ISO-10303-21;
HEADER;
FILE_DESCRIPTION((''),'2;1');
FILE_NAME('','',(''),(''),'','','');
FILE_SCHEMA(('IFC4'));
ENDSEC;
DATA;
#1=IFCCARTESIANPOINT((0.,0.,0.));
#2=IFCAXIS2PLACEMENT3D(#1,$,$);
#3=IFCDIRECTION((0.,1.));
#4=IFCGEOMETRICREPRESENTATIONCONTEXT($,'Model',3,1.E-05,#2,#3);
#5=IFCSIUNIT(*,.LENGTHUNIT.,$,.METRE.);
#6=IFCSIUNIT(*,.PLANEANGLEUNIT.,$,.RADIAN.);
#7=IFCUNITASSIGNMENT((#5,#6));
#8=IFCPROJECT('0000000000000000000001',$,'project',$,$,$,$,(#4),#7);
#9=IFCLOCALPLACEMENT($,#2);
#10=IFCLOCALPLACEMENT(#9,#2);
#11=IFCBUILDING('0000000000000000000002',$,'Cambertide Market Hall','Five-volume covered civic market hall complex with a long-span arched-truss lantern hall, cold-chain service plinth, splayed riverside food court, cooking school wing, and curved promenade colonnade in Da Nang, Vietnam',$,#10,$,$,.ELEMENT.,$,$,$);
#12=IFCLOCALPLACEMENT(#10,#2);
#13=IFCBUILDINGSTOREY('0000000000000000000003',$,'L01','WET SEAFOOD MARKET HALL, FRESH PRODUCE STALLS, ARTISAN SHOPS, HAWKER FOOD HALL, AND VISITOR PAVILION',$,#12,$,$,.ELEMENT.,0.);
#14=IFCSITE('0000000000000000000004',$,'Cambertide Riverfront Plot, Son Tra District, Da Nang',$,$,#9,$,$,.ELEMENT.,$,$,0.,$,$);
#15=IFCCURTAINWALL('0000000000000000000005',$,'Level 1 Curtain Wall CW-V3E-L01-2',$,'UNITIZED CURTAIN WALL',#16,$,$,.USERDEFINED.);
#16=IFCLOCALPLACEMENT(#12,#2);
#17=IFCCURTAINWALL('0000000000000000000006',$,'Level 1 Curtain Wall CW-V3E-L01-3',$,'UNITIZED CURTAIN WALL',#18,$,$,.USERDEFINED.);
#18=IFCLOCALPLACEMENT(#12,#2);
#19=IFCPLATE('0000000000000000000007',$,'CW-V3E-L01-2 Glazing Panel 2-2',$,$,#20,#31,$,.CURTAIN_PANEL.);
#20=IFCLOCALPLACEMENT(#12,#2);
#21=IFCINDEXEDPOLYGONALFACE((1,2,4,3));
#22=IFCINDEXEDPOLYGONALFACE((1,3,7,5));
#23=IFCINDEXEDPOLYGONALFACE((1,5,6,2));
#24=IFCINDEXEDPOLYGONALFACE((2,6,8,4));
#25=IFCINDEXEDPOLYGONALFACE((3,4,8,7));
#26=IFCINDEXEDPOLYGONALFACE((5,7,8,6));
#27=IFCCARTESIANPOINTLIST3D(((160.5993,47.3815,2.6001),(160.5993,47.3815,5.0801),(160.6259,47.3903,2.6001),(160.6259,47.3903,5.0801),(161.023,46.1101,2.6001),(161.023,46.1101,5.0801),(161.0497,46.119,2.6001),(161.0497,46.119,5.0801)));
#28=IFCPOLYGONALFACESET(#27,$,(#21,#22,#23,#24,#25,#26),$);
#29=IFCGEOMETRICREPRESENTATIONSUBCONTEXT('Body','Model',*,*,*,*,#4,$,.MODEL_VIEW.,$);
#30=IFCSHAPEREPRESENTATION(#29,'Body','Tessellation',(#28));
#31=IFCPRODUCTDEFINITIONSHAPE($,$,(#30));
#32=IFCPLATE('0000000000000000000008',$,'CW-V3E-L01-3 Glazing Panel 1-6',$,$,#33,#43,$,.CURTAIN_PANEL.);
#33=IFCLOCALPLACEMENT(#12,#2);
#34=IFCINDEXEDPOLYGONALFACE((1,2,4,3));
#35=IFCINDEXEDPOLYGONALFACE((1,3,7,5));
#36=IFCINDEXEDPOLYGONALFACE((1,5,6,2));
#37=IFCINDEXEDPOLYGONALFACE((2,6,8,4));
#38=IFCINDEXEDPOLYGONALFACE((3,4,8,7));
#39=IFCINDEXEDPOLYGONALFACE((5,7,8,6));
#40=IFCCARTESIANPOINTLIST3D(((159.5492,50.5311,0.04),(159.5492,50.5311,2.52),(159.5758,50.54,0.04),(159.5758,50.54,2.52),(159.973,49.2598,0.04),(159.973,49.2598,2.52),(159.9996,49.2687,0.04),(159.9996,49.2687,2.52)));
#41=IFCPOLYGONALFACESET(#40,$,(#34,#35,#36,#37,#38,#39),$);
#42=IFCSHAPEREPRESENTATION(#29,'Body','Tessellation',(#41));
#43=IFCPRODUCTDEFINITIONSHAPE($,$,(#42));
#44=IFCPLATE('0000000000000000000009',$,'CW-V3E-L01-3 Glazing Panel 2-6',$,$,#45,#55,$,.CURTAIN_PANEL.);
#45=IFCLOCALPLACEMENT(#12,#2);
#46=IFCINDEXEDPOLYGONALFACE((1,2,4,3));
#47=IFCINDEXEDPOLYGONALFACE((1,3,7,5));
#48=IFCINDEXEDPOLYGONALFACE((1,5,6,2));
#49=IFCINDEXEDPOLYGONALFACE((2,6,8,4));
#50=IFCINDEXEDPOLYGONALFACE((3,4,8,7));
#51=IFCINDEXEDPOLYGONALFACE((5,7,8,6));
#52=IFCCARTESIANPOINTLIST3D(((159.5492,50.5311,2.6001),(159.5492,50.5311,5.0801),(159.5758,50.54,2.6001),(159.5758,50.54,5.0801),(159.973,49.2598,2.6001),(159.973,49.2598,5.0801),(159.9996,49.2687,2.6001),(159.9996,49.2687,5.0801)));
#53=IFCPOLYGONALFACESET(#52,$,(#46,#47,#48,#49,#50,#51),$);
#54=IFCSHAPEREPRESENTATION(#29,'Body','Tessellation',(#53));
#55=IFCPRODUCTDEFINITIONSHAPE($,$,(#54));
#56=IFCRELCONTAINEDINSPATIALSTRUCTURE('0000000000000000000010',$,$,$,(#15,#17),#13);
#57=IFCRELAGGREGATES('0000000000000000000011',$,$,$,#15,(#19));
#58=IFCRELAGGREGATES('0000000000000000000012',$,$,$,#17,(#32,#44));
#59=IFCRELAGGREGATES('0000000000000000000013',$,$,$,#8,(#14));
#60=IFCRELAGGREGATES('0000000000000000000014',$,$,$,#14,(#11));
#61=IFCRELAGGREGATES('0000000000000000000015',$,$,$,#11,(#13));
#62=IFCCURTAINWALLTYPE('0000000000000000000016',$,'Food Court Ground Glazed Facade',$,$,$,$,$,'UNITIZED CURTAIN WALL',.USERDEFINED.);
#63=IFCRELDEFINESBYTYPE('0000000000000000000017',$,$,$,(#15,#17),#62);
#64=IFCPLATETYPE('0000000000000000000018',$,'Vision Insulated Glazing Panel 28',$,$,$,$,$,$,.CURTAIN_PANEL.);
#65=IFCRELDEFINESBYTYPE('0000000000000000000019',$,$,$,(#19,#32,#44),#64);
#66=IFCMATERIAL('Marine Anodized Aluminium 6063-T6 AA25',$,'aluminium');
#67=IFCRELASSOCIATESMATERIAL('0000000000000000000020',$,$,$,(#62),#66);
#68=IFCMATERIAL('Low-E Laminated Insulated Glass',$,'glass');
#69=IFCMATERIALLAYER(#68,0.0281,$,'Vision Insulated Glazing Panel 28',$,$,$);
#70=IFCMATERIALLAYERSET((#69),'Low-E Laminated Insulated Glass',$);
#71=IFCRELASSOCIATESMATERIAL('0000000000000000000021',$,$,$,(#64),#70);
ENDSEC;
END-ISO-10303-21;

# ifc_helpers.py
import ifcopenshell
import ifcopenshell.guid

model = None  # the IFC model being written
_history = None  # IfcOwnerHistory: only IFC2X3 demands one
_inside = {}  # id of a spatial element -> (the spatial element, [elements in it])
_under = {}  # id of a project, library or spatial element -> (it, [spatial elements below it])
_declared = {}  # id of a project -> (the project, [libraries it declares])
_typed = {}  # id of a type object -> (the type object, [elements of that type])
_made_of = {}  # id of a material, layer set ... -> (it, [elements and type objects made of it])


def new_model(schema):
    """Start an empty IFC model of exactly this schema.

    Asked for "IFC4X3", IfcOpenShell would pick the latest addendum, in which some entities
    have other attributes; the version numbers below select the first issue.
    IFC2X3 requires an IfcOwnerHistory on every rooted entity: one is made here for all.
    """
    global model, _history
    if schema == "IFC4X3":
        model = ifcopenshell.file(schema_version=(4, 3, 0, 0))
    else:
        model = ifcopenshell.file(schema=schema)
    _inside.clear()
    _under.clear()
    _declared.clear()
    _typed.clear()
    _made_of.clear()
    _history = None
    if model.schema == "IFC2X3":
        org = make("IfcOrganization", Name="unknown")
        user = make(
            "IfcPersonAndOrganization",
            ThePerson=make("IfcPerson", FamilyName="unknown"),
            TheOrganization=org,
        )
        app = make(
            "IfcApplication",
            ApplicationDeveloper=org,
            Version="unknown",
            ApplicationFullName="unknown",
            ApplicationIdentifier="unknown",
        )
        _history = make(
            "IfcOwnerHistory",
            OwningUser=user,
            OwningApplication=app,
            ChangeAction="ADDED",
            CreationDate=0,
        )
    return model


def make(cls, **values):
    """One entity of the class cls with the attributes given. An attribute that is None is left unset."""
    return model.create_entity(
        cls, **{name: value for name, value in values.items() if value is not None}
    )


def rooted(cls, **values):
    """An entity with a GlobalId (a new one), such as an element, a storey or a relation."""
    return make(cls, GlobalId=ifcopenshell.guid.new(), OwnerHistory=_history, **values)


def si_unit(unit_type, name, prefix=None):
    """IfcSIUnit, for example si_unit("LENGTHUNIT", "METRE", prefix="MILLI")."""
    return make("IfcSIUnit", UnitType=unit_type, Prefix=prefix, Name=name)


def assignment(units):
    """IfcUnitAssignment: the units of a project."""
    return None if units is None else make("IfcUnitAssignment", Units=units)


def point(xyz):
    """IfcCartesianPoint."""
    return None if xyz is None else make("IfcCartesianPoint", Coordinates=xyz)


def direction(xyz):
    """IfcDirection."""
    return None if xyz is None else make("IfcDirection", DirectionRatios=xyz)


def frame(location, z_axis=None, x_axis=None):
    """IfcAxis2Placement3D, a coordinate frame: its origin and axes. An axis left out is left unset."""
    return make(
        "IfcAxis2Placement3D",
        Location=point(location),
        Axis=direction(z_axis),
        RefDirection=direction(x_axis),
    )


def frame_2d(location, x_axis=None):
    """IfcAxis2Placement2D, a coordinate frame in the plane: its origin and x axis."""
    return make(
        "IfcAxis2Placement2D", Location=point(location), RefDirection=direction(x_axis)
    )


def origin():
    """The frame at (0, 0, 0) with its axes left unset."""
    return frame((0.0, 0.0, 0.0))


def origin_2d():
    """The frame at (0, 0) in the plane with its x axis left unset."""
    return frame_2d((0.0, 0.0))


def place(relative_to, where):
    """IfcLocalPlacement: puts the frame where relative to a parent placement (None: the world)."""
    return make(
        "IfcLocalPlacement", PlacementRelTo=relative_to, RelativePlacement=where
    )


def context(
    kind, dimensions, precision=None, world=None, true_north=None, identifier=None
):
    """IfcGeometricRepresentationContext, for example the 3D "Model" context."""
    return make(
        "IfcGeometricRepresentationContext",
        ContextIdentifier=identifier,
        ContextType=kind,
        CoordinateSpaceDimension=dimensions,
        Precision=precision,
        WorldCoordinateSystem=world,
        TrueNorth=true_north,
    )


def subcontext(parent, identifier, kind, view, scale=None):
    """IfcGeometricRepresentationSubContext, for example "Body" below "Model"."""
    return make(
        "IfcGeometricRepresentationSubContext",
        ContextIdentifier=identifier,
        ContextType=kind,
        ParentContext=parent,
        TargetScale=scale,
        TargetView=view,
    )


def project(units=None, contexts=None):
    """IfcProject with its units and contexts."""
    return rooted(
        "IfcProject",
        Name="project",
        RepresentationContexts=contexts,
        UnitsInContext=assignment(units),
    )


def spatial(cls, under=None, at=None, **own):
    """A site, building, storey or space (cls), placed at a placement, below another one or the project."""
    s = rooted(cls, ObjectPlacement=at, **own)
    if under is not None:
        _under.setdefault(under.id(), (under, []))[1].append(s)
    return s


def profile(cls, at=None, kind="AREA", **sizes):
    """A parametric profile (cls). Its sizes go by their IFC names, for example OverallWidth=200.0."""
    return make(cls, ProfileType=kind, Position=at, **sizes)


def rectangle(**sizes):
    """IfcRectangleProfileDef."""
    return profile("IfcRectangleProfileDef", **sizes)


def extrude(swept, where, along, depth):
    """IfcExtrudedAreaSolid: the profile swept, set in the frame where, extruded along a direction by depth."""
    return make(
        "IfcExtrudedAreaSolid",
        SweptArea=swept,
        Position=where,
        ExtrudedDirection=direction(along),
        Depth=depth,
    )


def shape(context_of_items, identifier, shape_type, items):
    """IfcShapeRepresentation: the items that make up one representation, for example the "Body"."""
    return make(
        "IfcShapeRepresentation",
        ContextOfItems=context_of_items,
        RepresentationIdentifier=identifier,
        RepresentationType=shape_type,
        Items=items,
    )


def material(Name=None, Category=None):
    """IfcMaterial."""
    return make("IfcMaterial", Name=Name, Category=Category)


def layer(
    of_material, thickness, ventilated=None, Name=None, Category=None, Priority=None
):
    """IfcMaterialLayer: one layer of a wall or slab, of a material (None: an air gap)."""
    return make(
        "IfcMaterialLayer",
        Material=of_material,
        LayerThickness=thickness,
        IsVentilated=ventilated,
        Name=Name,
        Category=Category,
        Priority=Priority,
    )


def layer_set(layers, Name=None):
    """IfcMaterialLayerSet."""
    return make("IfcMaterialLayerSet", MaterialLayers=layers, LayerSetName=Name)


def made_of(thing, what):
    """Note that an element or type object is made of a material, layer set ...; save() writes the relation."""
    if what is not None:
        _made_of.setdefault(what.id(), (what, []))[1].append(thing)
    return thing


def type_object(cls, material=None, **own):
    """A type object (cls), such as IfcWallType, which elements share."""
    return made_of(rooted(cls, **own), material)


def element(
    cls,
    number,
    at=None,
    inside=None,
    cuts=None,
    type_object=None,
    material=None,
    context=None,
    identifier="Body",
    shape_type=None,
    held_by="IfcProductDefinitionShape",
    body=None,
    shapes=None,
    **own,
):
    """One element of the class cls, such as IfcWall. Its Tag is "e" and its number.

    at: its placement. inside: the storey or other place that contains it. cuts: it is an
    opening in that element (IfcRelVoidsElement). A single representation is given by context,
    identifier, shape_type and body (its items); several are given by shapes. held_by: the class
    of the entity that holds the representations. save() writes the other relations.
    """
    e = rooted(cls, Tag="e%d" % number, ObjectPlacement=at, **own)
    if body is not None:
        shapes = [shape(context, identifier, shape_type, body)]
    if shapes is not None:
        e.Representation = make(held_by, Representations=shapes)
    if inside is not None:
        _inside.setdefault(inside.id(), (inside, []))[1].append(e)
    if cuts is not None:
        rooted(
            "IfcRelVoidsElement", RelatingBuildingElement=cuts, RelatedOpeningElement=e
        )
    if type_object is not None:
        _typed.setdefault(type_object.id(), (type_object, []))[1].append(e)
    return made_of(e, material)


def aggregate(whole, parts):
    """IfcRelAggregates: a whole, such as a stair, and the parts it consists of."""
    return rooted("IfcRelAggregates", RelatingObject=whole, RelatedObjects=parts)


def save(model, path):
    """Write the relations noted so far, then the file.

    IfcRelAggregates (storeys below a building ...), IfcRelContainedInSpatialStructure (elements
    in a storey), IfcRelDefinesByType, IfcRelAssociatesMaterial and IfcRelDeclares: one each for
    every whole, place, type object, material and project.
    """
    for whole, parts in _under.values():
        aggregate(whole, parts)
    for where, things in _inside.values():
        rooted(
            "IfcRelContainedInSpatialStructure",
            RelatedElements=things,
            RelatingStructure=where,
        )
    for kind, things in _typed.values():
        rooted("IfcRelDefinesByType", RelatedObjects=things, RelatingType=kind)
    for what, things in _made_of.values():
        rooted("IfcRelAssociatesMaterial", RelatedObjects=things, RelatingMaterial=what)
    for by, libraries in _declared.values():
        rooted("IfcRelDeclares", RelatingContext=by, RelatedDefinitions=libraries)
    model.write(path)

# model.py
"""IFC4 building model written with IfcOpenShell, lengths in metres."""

from ifc_helpers import new_model, si_unit, direction, frame, origin, origin_2d, place, context, subcontext, project, spatial, rectangle, extrude, material, layer, layer_set, type_object, element, aggregate, save


model = new_model("IFC4")

# Units and contexts
model_context = context("Model", 3, precision=1e-05, world=origin(), true_north=direction((0.0, 1.0)))
body_context = subcontext(model_context, "Body", "Model", "MODEL_VIEW")
ifc_project = project(units=[si_unit("LENGTHUNIT", "METRE"), si_unit("PLANEANGLEUNIT", "RADIAN")], contexts=[model_context])

# Site, building, storey
site_placement = place(None, origin())
site = spatial("IfcSite", under=ifc_project, at=site_placement, Name="Cambertide Riverfront Plot, Son Tra District, Da Nang", CompositionType="ELEMENT", RefElevation=0.0)
building_placement = place(site_placement, origin())
building = spatial("IfcBuilding", under=site, at=building_placement, Name="Cambertide Market Hall", Description="Five-volume covered civic market hall complex with a long-span arched-truss lantern hall, cold-chain service plinth, splayed riverside food court, cooking school wing, and curved promenade colonnade in Da Nang, Vietnam", CompositionType="ELEMENT")
storey_placement = place(building_placement, origin())
storey = spatial("IfcBuildingStorey", under=building, at=storey_placement, Name="L01", Description="WET SEAFOOD MARKET HALL, FRESH PRODUCE STALLS, ARTISAN SHOPS, HAWKER FOOD HALL, AND VISITOR PAVILION", CompositionType="ELEMENT", Elevation=0.0)

# Curtain wall
ifc_material_1 = material(Name="Marine Anodized Aluminium 6063-T6 AA25", Category="aluminium")
curtain_wall_type_1 = type_object("IfcCurtainWallType", Name="Food Court Ground Glazed Facade", ElementType="UNITIZED CURTAIN WALL", PredefinedType="USERDEFINED", material=ifc_material_1)
curtain_wall_1_placement = place(storey_placement, origin())
curtain_wall_1 = element("IfcCurtainWall", 1, at=curtain_wall_1_placement, inside=storey, type_object=curtain_wall_type_1, Name="Level 1 Curtain Wall CW-V3E-L01-2", ObjectType="UNITIZED CURTAIN WALL", PredefinedType="USERDEFINED")

# Curtain wall
curtain_wall_2_placement = place(storey_placement, origin())
curtain_wall_2 = element("IfcCurtainWall", 2, at=curtain_wall_2_placement, inside=storey, type_object=curtain_wall_type_1, Name="Level 1 Curtain Wall CW-V3E-L01-3", ObjectType="UNITIZED CURTAIN WALL", PredefinedType="USERDEFINED")

# Plates
ifc_material_2 = material(Name="Low-E Laminated Insulated Glass", Category="glass")
ifc_layer = layer(ifc_material_2, 0.0281, Name="Vision Insulated Glazing Panel 28")
ifc_layer_set = layer_set([ifc_layer], Name="Low-E Laminated Insulated Glass")
plate_type = type_object("IfcPlateType", Name="Vision Insulated Glazing Panel 28", PredefinedType="CURTAIN_PANEL", material=ifc_layer_set)
plate_1_placement = place(storey_placement, frame((160.8245, 46.7502, 2.6001), z_axis=(0.0, 0.0, 1.0), x_axis=(0.316228, -0.948683, 0.0)))
plate_1 = element("IfcPlate", 3, at=plate_1_placement, type_object=plate_type, Name="CW-V3E-L01-2 Glazing Panel 2-2", PredefinedType="CURTAIN_PANEL", context=body_context, shape_type="SweptSolid", body=[
    extrude(rectangle(XDim=1.3401, YDim=0.0281, at=origin_2d()), origin(), (0.0, 0.0, 1.0), 2.48),
])
aggregate(curtain_wall_1, [plate_1])
plate_2_placement = place(storey_placement, frame((159.7744, 49.8999, 0.04), z_axis=(0.0, 0.0, 1.0), x_axis=(0.316228, -0.948683, 0.0)))
plate_2 = element("IfcPlate", 4, at=plate_2_placement, type_object=plate_type, Name="CW-V3E-L01-3 Glazing Panel 1-6", PredefinedType="CURTAIN_PANEL", context=body_context, shape_type="SweptSolid", body=[
    extrude(rectangle(XDim=1.3401, YDim=0.0281, at=origin_2d()), origin(), (0.0, 0.0, 1.0), 2.48),
])
plate_3_placement = place(storey_placement, frame((159.7744, 49.8999, 2.6001), z_axis=(0.0, 0.0, 1.0), x_axis=(0.316228, -0.948683, 0.0)))
plate_3 = element("IfcPlate", 5, at=plate_3_placement, type_object=plate_type, Name="CW-V3E-L01-3 Glazing Panel 2-6", PredefinedType="CURTAIN_PANEL", context=body_context, shape_type="SweptSolid", body=[
    extrude(rectangle(XDim=1.3401, YDim=0.0281, at=origin_2d()), origin(), (0.0, 0.0, 1.0), 2.48),
])
aggregate(curtain_wall_2, [plate_2, plate_3])

save(model, "model.ifc")
